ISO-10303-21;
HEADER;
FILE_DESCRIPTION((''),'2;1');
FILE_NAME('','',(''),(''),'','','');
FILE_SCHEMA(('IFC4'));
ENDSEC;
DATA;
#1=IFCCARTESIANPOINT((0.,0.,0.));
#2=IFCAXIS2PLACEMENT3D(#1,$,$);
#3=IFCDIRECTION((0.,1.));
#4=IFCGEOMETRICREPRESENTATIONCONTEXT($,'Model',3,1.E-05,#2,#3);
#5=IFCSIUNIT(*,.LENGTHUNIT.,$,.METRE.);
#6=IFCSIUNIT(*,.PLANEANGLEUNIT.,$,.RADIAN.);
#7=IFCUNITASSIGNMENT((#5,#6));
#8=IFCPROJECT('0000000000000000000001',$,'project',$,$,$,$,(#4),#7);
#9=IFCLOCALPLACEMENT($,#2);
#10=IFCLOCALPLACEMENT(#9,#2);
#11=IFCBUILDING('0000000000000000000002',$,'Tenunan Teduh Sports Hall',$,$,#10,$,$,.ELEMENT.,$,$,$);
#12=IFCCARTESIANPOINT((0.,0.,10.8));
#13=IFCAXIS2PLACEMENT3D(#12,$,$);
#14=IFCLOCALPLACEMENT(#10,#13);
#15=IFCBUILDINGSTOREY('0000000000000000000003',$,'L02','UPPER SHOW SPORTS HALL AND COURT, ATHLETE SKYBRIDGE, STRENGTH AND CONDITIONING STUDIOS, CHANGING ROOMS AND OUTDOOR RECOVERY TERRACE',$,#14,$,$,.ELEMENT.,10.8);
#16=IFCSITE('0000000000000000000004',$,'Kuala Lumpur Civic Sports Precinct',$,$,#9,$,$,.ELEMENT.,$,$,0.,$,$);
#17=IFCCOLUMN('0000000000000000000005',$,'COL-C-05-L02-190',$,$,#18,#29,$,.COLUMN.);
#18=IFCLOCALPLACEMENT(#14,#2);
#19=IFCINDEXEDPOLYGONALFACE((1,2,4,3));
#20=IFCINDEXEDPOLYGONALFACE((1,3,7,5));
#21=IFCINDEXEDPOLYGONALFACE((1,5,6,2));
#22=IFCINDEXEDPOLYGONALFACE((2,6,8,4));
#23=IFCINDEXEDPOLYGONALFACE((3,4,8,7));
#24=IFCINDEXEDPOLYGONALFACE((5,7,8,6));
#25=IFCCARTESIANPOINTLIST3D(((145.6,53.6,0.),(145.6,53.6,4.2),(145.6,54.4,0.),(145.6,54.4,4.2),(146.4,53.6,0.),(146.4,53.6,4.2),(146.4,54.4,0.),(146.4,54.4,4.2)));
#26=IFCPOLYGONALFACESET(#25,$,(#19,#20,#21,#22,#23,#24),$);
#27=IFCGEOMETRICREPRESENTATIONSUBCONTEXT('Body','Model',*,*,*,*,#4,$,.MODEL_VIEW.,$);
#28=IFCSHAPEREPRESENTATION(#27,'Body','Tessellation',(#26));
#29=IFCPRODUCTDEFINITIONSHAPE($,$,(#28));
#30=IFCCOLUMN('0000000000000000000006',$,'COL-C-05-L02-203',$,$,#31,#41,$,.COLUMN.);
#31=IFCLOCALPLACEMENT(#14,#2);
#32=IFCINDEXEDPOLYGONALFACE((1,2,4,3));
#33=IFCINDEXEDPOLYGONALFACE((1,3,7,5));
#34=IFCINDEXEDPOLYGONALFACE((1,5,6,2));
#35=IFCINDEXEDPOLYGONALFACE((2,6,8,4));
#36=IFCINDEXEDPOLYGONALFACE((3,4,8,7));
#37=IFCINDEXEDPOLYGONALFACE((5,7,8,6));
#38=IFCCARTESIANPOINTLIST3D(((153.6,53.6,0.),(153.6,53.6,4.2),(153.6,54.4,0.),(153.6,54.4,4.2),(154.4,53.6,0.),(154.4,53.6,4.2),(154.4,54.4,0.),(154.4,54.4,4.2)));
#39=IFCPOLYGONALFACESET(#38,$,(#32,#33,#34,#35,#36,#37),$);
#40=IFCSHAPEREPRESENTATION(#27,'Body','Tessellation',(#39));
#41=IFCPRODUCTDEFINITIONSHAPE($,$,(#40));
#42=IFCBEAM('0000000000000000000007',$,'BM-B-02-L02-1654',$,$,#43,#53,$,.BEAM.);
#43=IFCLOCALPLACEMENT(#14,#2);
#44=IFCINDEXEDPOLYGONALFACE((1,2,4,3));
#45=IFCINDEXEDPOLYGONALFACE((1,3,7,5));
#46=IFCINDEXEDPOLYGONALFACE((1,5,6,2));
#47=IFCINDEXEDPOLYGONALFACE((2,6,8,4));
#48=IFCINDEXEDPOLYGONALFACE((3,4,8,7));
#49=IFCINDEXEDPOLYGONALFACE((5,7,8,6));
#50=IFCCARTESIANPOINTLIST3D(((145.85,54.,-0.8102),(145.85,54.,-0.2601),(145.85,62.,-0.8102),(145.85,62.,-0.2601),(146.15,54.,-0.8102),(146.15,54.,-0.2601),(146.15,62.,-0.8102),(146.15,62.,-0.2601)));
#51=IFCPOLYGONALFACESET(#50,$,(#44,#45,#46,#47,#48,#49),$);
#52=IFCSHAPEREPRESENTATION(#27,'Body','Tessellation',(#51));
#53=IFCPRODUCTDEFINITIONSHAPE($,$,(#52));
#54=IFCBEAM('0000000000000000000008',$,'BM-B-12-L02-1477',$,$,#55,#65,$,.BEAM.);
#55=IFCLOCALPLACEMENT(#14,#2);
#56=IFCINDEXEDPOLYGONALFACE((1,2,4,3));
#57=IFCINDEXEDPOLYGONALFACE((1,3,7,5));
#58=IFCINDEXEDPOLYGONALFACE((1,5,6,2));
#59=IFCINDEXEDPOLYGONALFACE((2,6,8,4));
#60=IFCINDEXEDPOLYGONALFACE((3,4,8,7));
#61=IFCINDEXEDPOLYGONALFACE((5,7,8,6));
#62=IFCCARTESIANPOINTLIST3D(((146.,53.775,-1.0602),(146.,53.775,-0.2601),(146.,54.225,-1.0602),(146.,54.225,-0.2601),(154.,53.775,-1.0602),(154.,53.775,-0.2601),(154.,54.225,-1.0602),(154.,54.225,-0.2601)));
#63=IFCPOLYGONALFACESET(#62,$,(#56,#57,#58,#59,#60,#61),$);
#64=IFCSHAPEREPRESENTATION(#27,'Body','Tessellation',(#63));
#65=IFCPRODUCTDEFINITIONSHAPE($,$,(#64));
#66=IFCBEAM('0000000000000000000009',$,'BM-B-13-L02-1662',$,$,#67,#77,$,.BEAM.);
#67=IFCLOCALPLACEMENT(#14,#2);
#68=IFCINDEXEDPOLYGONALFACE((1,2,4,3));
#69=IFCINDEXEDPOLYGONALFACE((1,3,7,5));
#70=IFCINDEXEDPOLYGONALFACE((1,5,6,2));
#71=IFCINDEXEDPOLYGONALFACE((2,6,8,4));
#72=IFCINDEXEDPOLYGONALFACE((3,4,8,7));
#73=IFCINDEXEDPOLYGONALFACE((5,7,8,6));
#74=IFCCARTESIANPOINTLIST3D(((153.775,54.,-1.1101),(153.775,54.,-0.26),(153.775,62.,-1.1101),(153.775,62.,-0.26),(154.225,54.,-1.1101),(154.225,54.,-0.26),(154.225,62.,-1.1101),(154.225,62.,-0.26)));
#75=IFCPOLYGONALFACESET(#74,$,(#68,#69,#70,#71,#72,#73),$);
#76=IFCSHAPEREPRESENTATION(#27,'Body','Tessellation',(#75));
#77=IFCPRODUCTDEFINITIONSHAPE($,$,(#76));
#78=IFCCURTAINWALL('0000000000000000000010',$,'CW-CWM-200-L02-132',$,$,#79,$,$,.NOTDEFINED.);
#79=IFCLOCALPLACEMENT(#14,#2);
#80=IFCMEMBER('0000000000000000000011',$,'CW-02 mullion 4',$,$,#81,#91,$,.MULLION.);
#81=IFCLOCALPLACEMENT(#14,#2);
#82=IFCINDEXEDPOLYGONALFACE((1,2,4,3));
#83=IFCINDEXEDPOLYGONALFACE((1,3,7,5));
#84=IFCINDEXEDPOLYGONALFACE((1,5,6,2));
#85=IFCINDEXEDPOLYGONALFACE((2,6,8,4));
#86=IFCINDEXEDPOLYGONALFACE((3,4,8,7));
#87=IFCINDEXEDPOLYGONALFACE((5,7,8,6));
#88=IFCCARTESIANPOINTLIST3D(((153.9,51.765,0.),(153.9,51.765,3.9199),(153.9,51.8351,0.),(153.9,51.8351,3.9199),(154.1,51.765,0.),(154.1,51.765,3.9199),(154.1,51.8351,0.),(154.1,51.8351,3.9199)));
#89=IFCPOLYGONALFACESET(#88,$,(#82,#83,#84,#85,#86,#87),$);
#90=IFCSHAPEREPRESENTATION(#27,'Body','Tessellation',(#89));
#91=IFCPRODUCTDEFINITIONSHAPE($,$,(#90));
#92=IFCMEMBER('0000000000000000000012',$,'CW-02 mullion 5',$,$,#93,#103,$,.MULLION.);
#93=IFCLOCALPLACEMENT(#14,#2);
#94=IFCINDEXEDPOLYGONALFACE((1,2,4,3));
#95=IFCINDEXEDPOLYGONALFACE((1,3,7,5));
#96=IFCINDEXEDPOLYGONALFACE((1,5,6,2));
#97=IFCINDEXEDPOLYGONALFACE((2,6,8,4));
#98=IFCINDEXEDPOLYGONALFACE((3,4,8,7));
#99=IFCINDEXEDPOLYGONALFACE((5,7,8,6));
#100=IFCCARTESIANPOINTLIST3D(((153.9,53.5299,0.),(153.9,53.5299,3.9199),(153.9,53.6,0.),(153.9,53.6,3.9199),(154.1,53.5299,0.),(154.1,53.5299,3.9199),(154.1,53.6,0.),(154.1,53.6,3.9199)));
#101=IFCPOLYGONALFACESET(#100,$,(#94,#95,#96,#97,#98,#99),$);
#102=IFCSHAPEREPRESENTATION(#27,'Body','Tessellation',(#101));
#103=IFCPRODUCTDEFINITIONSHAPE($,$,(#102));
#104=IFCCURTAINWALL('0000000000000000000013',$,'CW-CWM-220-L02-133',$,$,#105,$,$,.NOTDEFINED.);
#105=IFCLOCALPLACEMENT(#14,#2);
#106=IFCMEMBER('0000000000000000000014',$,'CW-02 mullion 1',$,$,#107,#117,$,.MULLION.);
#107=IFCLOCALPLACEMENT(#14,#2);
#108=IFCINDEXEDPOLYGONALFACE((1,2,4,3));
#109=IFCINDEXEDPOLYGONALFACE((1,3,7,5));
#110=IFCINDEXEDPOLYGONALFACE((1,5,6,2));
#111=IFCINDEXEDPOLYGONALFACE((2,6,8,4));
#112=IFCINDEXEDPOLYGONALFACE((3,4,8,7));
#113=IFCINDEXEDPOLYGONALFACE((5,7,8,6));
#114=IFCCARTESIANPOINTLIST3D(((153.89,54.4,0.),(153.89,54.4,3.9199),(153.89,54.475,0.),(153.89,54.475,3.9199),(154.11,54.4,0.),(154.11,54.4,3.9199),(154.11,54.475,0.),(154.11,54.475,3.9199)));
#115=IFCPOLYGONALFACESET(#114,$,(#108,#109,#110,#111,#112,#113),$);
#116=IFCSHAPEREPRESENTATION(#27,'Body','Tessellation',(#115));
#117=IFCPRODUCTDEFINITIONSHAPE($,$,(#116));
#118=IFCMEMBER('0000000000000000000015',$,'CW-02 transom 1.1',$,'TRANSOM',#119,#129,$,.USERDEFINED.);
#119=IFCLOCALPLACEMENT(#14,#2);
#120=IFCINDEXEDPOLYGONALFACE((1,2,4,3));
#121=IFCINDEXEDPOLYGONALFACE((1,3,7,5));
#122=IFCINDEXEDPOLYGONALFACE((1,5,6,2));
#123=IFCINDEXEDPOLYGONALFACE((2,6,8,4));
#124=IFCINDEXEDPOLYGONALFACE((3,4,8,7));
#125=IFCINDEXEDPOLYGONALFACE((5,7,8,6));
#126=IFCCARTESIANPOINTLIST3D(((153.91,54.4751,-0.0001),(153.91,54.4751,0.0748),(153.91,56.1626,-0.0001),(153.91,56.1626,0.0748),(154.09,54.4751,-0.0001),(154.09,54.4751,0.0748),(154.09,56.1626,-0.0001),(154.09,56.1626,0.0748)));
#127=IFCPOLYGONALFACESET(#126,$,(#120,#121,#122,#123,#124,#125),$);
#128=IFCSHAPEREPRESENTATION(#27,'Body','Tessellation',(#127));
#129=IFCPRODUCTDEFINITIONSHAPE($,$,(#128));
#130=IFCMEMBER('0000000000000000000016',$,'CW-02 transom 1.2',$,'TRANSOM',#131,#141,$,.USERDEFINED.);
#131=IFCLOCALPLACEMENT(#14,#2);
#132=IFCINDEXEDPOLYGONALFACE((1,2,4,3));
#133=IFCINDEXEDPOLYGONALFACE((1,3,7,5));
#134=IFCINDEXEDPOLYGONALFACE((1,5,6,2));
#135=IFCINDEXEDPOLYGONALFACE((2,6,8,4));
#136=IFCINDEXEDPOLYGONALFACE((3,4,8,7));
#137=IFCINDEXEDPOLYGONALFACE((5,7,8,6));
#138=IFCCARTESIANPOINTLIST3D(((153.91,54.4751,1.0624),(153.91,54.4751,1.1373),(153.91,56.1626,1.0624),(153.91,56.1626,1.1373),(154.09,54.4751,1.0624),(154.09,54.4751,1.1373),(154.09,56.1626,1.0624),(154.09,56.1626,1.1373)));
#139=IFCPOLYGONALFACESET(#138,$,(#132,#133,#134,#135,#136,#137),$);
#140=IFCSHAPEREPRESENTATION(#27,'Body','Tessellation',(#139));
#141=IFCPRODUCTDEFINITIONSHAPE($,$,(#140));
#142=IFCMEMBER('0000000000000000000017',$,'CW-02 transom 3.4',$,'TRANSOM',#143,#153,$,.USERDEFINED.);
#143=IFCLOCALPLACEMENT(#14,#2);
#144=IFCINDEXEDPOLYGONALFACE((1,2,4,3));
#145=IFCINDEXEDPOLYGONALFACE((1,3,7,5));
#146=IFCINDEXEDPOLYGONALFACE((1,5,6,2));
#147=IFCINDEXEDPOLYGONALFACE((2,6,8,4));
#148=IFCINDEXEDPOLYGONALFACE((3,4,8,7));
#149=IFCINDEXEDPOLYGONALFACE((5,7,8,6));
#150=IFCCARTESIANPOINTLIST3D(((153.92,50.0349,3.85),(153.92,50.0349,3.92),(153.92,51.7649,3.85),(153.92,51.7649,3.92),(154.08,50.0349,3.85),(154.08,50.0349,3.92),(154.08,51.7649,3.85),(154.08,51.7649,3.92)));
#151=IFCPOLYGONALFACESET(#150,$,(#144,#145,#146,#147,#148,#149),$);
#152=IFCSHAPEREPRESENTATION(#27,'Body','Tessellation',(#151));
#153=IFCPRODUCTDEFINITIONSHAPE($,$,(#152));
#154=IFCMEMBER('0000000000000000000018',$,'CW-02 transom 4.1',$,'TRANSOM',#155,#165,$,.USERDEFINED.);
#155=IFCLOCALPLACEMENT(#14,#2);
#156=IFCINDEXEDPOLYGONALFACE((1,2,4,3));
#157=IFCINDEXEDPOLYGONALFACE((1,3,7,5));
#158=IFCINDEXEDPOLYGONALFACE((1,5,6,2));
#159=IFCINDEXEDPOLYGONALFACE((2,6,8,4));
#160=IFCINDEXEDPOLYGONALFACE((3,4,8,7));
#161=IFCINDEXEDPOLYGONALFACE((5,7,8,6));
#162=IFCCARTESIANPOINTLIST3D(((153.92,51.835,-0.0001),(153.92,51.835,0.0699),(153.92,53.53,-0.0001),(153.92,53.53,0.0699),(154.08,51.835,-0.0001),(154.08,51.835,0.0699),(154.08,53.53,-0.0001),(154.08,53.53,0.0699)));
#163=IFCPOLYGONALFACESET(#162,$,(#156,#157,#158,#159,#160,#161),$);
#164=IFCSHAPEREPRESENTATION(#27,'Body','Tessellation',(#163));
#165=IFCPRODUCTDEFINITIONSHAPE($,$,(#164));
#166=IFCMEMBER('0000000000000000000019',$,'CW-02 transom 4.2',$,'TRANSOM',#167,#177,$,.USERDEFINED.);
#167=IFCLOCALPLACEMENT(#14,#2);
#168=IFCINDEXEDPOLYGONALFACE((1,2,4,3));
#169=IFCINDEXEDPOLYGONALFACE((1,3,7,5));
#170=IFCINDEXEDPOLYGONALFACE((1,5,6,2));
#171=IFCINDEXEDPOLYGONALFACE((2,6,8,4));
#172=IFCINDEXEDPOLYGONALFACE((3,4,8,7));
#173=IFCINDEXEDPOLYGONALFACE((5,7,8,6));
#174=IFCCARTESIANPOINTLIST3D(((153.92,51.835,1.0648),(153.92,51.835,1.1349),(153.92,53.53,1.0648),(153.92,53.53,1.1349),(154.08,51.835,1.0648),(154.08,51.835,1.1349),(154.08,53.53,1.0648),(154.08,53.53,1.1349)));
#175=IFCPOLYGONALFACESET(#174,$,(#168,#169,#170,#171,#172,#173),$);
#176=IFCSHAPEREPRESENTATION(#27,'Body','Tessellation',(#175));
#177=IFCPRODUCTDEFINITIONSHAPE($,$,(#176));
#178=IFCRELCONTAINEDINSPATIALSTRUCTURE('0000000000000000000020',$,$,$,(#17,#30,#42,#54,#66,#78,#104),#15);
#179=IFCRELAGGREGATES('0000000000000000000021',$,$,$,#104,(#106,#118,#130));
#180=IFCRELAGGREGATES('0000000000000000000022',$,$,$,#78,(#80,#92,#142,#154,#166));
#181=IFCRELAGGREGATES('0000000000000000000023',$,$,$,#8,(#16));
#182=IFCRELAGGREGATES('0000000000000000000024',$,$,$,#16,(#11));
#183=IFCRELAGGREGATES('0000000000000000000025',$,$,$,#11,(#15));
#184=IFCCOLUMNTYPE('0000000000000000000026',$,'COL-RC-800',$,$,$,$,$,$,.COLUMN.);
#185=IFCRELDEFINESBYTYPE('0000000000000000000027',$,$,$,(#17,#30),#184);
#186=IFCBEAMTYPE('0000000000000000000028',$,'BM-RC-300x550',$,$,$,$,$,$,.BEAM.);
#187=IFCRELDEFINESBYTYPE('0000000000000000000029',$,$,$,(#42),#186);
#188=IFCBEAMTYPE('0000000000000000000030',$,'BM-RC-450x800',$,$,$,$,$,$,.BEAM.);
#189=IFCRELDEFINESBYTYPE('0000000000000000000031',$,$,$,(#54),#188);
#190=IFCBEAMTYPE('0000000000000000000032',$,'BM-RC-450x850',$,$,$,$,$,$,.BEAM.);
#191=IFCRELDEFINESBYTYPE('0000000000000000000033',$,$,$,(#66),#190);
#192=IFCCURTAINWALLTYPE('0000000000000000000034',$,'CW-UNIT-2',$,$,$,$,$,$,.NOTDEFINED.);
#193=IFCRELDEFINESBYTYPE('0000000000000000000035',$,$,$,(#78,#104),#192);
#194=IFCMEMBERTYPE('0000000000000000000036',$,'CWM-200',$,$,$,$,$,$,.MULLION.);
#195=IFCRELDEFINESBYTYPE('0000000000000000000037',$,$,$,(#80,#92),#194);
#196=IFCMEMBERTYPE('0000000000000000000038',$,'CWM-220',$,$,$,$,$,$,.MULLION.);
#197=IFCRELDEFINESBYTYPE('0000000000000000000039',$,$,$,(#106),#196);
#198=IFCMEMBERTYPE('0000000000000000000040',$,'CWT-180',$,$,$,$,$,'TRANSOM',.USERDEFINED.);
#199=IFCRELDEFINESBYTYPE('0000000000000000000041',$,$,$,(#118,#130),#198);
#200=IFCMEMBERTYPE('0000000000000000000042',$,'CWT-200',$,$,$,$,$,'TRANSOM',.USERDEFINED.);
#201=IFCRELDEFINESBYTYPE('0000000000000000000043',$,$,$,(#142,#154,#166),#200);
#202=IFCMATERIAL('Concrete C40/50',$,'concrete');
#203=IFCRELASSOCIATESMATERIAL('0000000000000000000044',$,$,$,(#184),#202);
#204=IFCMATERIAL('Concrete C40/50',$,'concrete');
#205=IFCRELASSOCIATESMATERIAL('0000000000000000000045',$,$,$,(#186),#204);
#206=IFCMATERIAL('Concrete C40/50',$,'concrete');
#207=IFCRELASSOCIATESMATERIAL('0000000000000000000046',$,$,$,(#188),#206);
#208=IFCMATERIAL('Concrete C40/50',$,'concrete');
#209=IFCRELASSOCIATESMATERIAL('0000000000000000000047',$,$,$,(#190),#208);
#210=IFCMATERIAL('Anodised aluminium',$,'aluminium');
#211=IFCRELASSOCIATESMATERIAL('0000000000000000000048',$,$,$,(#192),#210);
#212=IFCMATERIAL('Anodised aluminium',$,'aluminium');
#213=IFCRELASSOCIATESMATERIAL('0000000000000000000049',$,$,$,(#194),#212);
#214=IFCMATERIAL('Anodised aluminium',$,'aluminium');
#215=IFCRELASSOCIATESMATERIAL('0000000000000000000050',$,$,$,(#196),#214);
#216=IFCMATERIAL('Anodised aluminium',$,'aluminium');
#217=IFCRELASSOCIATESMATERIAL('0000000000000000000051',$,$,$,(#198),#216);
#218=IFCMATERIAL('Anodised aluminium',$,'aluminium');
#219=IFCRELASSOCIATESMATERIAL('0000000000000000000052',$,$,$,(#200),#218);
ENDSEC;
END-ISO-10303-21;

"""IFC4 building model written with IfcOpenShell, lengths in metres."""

from ifc_helpers import new_model, si_unit, direction, frame, origin, origin_2d, place, context, subcontext, project, spatial, rectangle, extrude, material, material_profile, profile_set, type_object, element, aggregate, save


model = new_model("IFC4")

# Units and contexts
model_context = context("Model", 3, precision=1e-05, world=origin(), true_north=direction((0.0, 1.0)))
body_context = subcontext(model_context, "Body", "Model", "MODEL_VIEW")
ifc_project = project(units=[si_unit("LENGTHUNIT", "METRE"), si_unit("PLANEANGLEUNIT", "RADIAN")], contexts=[model_context])

# Site, building, storey
site_placement = place(None, origin())
site = spatial("IfcSite", under=ifc_project, at=site_placement, Name="Kuala Lumpur Civic Sports Precinct", CompositionType="ELEMENT", RefElevation=0.0)
building_placement = place(site_placement, origin())
building = spatial("IfcBuilding", under=site, at=building_placement, Name="Tenunan Teduh Sports Hall", CompositionType="ELEMENT")
storey_placement = place(building_placement, frame((0.0, 0.0, 10.8)))
storey = spatial("IfcBuildingStorey", under=building, at=storey_placement, Name="L02", Description="UPPER SHOW SPORTS HALL AND COURT, ATHLETE SKYBRIDGE, STRENGTH AND CONDITIONING STUDIOS, CHANGING ROOMS AND OUTDOOR RECOVERY TERRACE", CompositionType="ELEMENT", Elevation=10.8)

# Columns
ifc_material_1 = material(Name="Concrete C40/50", Category="concrete")
ifc_material_profile_1 = material_profile(ifc_material_1, rectangle(XDim=0.8, YDim=0.8, at=origin_2d()), Name="RC 800x800")
ifc_profile_set_1 = profile_set([ifc_material_profile_1], Name="Concrete C40/50")
column_type = type_object("IfcColumnType", Name="COL-RC-800", PredefinedType="COLUMN", material=ifc_profile_set_1)
for number, where, z_axis, x_axis, name in (
    (1, (146.0, 54.0, 0.0), (0.0, 0.0, 1.0), (1.0, 0.0, 0.0), "COL-C-05-L02-190"),
    (2, (154.0, 54.0, 0.0), (0.0, 0.0, 1.0), (1.0, 0.0, 0.0), "COL-C-05-L02-203"),
):
    element("IfcColumn", number, at=place(storey_placement, frame(where, z_axis=z_axis, x_axis=x_axis)), inside=storey, type_object=column_type, Name=name, PredefinedType="COLUMN", context=body_context, shape_type="SweptSolid", body=[
        extrude(rectangle(XDim=0.8, YDim=0.8, at=origin_2d()), origin(), (0.0, 0.0, 1.0), 4.2),
    ])

# Beams
ifc_material_2 = material(Name="Concrete C40/50", Category="concrete")
ifc_material_profile_2 = material_profile(ifc_material_2, rectangle(XDim=0.3, YDim=0.55, at=origin_2d()), Name="RCB 300x550")
ifc_profile_set_2 = profile_set([ifc_material_profile_2], Name="Concrete C40/50")
beam_type_1 = type_object("IfcBeamType", Name="BM-RC-300x550", PredefinedType="BEAM", material=ifc_profile_set_2)
beam_1_placement = place(storey_placement, frame((146.0, 54.0, -0.5352), z_axis=(0.0, 1.0, 0.0), x_axis=(-1.0, 0.0, 0.0)))
element("IfcBeam", 3, at=beam_1_placement, inside=storey, type_object=beam_type_1, Name="BM-B-02-L02-1654", PredefinedType="BEAM", context=body_context, shape_type="SweptSolid", body=[
    extrude(rectangle(XDim=0.3, YDim=0.55, at=origin_2d()), origin(), (0.0, 0.0, 1.0), 8.0),
])
ifc_material_3 = material(Name="Concrete C40/50", Category="concrete")
ifc_material_profile_3 = material_profile(ifc_material_3, rectangle(XDim=0.45, YDim=0.8, at=origin_2d()), Name="RCB 450x800")
ifc_profile_set_3 = profile_set([ifc_material_profile_3], Name="Concrete C40/50")
beam_type_2 = type_object("IfcBeamType", Name="BM-RC-450x800", PredefinedType="BEAM", material=ifc_profile_set_3)
beam_2_placement = place(storey_placement, frame((146.0, 54.0, -0.6602), z_axis=(1.0, 0.0, 0.0), x_axis=(0.0, 1.0, 0.0)))
element("IfcBeam", 4, at=beam_2_placement, inside=storey, type_object=beam_type_2, Name="BM-B-12-L02-1477", PredefinedType="BEAM", context=body_context, shape_type="SweptSolid", body=[
    extrude(rectangle(XDim=0.45, YDim=0.8, at=origin_2d()), origin(), (0.0, 0.0, 1.0), 8.0),
])
ifc_material_4 = material(Name="Concrete C40/50", Category="concrete")
ifc_material_profile_4 = material_profile(ifc_material_4, rectangle(XDim=0.45, YDim=0.8501, at=origin_2d()), Name="RCB 450x850")
ifc_profile_set_4 = profile_set([ifc_material_profile_4], Name="Concrete C40/50")
beam_type_3 = type_object("IfcBeamType", Name="BM-RC-450x850", PredefinedType="BEAM", material=ifc_profile_set_4)
beam_3_placement = place(storey_placement, frame((154.0, 54.0, -0.6851), z_axis=(0.0, 1.0, 0.0), x_axis=(-1.0, 0.0, 0.0)))
element("IfcBeam", 5, at=beam_3_placement, inside=storey, type_object=beam_type_3, Name="BM-B-13-L02-1662", PredefinedType="BEAM", context=body_context, shape_type="SweptSolid", body=[
    extrude(rectangle(XDim=0.45, YDim=0.8501, at=origin_2d()), origin(), (0.0, 0.0, 1.0), 8.0),
])

# Curtain walls, members
ifc_material_5 = material(Name="Anodised aluminium", Category="aluminium")
curtain_wall_type = type_object("IfcCurtainWallType", Name="CW-UNIT-2", PredefinedType="NOTDEFINED", material=ifc_material_5)
curtain_wall_1_placement = place(storey_placement, origin())
curtain_wall_1 = element("IfcCurtainWall", 6, at=curtain_wall_1_placement, inside=storey, type_object=curtain_wall_type, Name="CW-CWM-200-L02-132", PredefinedType="NOTDEFINED")
ifc_material_6 = material(Name="Anodised aluminium", Category="aluminium")
ifc_material_profile_5 = material_profile(ifc_material_6, rectangle(XDim=0.0701, YDim=0.2, at=origin_2d()), Name="CWM 70x200")
ifc_profile_set_5 = profile_set([ifc_material_profile_5], Name="Anodised aluminium")
member_type_1 = type_object("IfcMemberType", Name="CWM-200", PredefinedType="MULLION", material=ifc_profile_set_5)
member_1_placement = place(storey_placement, frame((154.0, 51.8, 0.0), z_axis=(0.0, 0.0, 1.0), x_axis=(0.0, 1.0, 0.0)))
member_1 = element("IfcMember", 7, at=member_1_placement, type_object=member_type_1, Name="CW-02 mullion 4", PredefinedType="MULLION", context=body_context, shape_type="SweptSolid", body=[
    extrude(rectangle(XDim=0.0701, YDim=0.2, at=origin_2d()), origin(), (0.0, 0.0, 1.0), 3.9199),
])
member_2_placement = place(storey_placement, frame((154.0, 53.5649, 0.0), z_axis=(0.0, 0.0, 1.0), x_axis=(0.0, 1.0, 0.0)))
member_2 = element("IfcMember", 8, at=member_2_placement, type_object=member_type_1, Name="CW-02 mullion 5", PredefinedType="MULLION", context=body_context, shape_type="SweptSolid", body=[
    extrude(rectangle(XDim=0.0701, YDim=0.2, at=origin_2d()), origin(), (0.0, 0.0, 1.0), 3.9199),
])
curtain_wall_2_placement = place(storey_placement, origin())
curtain_wall_2 = element("IfcCurtainWall", 9, at=curtain_wall_2_placement, inside=storey, type_object=curtain_wall_type, Name="CW-CWM-220-L02-133", PredefinedType="NOTDEFINED")
ifc_material_7 = material(Name="Anodised aluminium", Category="aluminium")
ifc_material_profile_6 = material_profile(ifc_material_7, rectangle(XDim=0.075, YDim=0.22, at=origin_2d()), Name="CWM 75x220")
ifc_profile_set_6 = profile_set([ifc_material_profile_6], Name="Anodised aluminium")
member_type_2 = type_object("IfcMemberType", Name="CWM-220", PredefinedType="MULLION", material=ifc_profile_set_6)
member_3_placement = place(storey_placement, frame((154.0, 54.4375, 0.0), z_axis=(0.0, 0.0, 1.0), x_axis=(0.0, 1.0, 0.0)))
member_3 = element("IfcMember", 10, at=member_3_placement, type_object=member_type_2, Name="CW-02 mullion 1", PredefinedType="MULLION", context=body_context, shape_type="SweptSolid", body=[
    extrude(rectangle(XDim=0.075, YDim=0.22, at=origin_2d()), origin(), (0.0, 0.0, 1.0), 3.9199),
])
ifc_material_8 = material(Name="Anodised aluminium", Category="aluminium")
ifc_material_profile_7 = material_profile(ifc_material_8, rectangle(XDim=0.075, YDim=0.1799, at=origin_2d()), Name="CWT 75x180")
ifc_profile_set_7 = profile_set([ifc_material_profile_7], Name="Anodised aluminium")
member_type_3 = type_object("IfcMemberType", Name="CWT-180", ElementType="TRANSOM", PredefinedType="USERDEFINED", material=ifc_profile_set_7)
member_4_placement = place(storey_placement, frame((154.0, 54.4751, 0.0374), z_axis=(0.0, 1.0, 0.0), x_axis=(0.0, 0.0, 1.0)))
member_4 = element("IfcMember", 11, at=member_4_placement, type_object=member_type_3, Name="CW-02 transom 1.1", ObjectType="TRANSOM", PredefinedType="USERDEFINED", context=body_context, shape_type="SweptSolid", body=[
    extrude(rectangle(XDim=0.075, YDim=0.1799, at=origin_2d()), origin(), (0.0, 0.0, 1.0), 1.6875),
])
member_5_placement = place(storey_placement, frame((154.0, 54.4751, 1.0999), z_axis=(0.0, 1.0, 0.0), x_axis=(0.0, 0.0, 1.0)))
member_5 = element("IfcMember", 12, at=member_5_placement, type_object=member_type_3, Name="CW-02 transom 1.2", ObjectType="TRANSOM", PredefinedType="USERDEFINED", context=body_context, shape_type="SweptSolid", body=[
    extrude(rectangle(XDim=0.075, YDim=0.1799, at=origin_2d()), origin(), (0.0, 0.0, 1.0), 1.6875),
])
aggregate(curtain_wall_2, [member_3, member_4, member_5])

# Members
ifc_material_9 = material(Name="Anodised aluminium", Category="aluminium")
ifc_material_profile_8 = material_profile(ifc_material_9, rectangle(XDim=0.0701, YDim=0.1599, at=origin_2d()), Name="CWT 70x160")
ifc_profile_set_8 = profile_set([ifc_material_profile_8], Name="Anodised aluminium")
member_type_4 = type_object("IfcMemberType", Name="CWT-200", ElementType="TRANSOM", PredefinedType="USERDEFINED", material=ifc_profile_set_8)
member_6_placement = place(storey_placement, frame((154.0, 50.0349, 3.885), z_axis=(0.0, 1.0, 0.0), x_axis=(0.0, 0.0, 1.0)))
member_6 = element("IfcMember", 13, at=member_6_placement, type_object=member_type_4, Name="CW-02 transom 3.4", ObjectType="TRANSOM", PredefinedType="USERDEFINED", context=body_context, shape_type="SweptSolid", body=[
    extrude(rectangle(XDim=0.0701, YDim=0.1599, at=origin_2d()), origin(), (0.0, 0.0, 1.0), 1.73),
])
member_7_placement = place(storey_placement, frame((154.0, 51.835, 0.0349), z_axis=(0.0, 1.0, 0.0), x_axis=(0.0, 0.0, 1.0)))
member_7 = element("IfcMember", 14, at=member_7_placement, type_object=member_type_4, Name="CW-02 transom 4.1", ObjectType="TRANSOM", PredefinedType="USERDEFINED", context=body_context, shape_type="SweptSolid", body=[
    extrude(rectangle(XDim=0.0701, YDim=0.1599, at=origin_2d()), origin(), (0.0, 0.0, 1.0), 1.6951),
])
member_8_placement = place(storey_placement, frame((154.0, 51.835, 1.0999), z_axis=(0.0, 1.0, 0.0), x_axis=(0.0, 0.0, 1.0)))
member_8 = element("IfcMember", 15, at=member_8_placement, type_object=member_type_4, Name="CW-02 transom 4.2", ObjectType="TRANSOM", PredefinedType="USERDEFINED", context=body_context, shape_type="SweptSolid", body=[
    extrude(rectangle(XDim=0.0701, YDim=0.1599, at=origin_2d()), origin(), (0.0, 0.0, 1.0), 1.6951),
])

aggregate(curtain_wall_1, [member_1, member_2, member_6, member_7, member_8])

save(model, "model.ifc")
